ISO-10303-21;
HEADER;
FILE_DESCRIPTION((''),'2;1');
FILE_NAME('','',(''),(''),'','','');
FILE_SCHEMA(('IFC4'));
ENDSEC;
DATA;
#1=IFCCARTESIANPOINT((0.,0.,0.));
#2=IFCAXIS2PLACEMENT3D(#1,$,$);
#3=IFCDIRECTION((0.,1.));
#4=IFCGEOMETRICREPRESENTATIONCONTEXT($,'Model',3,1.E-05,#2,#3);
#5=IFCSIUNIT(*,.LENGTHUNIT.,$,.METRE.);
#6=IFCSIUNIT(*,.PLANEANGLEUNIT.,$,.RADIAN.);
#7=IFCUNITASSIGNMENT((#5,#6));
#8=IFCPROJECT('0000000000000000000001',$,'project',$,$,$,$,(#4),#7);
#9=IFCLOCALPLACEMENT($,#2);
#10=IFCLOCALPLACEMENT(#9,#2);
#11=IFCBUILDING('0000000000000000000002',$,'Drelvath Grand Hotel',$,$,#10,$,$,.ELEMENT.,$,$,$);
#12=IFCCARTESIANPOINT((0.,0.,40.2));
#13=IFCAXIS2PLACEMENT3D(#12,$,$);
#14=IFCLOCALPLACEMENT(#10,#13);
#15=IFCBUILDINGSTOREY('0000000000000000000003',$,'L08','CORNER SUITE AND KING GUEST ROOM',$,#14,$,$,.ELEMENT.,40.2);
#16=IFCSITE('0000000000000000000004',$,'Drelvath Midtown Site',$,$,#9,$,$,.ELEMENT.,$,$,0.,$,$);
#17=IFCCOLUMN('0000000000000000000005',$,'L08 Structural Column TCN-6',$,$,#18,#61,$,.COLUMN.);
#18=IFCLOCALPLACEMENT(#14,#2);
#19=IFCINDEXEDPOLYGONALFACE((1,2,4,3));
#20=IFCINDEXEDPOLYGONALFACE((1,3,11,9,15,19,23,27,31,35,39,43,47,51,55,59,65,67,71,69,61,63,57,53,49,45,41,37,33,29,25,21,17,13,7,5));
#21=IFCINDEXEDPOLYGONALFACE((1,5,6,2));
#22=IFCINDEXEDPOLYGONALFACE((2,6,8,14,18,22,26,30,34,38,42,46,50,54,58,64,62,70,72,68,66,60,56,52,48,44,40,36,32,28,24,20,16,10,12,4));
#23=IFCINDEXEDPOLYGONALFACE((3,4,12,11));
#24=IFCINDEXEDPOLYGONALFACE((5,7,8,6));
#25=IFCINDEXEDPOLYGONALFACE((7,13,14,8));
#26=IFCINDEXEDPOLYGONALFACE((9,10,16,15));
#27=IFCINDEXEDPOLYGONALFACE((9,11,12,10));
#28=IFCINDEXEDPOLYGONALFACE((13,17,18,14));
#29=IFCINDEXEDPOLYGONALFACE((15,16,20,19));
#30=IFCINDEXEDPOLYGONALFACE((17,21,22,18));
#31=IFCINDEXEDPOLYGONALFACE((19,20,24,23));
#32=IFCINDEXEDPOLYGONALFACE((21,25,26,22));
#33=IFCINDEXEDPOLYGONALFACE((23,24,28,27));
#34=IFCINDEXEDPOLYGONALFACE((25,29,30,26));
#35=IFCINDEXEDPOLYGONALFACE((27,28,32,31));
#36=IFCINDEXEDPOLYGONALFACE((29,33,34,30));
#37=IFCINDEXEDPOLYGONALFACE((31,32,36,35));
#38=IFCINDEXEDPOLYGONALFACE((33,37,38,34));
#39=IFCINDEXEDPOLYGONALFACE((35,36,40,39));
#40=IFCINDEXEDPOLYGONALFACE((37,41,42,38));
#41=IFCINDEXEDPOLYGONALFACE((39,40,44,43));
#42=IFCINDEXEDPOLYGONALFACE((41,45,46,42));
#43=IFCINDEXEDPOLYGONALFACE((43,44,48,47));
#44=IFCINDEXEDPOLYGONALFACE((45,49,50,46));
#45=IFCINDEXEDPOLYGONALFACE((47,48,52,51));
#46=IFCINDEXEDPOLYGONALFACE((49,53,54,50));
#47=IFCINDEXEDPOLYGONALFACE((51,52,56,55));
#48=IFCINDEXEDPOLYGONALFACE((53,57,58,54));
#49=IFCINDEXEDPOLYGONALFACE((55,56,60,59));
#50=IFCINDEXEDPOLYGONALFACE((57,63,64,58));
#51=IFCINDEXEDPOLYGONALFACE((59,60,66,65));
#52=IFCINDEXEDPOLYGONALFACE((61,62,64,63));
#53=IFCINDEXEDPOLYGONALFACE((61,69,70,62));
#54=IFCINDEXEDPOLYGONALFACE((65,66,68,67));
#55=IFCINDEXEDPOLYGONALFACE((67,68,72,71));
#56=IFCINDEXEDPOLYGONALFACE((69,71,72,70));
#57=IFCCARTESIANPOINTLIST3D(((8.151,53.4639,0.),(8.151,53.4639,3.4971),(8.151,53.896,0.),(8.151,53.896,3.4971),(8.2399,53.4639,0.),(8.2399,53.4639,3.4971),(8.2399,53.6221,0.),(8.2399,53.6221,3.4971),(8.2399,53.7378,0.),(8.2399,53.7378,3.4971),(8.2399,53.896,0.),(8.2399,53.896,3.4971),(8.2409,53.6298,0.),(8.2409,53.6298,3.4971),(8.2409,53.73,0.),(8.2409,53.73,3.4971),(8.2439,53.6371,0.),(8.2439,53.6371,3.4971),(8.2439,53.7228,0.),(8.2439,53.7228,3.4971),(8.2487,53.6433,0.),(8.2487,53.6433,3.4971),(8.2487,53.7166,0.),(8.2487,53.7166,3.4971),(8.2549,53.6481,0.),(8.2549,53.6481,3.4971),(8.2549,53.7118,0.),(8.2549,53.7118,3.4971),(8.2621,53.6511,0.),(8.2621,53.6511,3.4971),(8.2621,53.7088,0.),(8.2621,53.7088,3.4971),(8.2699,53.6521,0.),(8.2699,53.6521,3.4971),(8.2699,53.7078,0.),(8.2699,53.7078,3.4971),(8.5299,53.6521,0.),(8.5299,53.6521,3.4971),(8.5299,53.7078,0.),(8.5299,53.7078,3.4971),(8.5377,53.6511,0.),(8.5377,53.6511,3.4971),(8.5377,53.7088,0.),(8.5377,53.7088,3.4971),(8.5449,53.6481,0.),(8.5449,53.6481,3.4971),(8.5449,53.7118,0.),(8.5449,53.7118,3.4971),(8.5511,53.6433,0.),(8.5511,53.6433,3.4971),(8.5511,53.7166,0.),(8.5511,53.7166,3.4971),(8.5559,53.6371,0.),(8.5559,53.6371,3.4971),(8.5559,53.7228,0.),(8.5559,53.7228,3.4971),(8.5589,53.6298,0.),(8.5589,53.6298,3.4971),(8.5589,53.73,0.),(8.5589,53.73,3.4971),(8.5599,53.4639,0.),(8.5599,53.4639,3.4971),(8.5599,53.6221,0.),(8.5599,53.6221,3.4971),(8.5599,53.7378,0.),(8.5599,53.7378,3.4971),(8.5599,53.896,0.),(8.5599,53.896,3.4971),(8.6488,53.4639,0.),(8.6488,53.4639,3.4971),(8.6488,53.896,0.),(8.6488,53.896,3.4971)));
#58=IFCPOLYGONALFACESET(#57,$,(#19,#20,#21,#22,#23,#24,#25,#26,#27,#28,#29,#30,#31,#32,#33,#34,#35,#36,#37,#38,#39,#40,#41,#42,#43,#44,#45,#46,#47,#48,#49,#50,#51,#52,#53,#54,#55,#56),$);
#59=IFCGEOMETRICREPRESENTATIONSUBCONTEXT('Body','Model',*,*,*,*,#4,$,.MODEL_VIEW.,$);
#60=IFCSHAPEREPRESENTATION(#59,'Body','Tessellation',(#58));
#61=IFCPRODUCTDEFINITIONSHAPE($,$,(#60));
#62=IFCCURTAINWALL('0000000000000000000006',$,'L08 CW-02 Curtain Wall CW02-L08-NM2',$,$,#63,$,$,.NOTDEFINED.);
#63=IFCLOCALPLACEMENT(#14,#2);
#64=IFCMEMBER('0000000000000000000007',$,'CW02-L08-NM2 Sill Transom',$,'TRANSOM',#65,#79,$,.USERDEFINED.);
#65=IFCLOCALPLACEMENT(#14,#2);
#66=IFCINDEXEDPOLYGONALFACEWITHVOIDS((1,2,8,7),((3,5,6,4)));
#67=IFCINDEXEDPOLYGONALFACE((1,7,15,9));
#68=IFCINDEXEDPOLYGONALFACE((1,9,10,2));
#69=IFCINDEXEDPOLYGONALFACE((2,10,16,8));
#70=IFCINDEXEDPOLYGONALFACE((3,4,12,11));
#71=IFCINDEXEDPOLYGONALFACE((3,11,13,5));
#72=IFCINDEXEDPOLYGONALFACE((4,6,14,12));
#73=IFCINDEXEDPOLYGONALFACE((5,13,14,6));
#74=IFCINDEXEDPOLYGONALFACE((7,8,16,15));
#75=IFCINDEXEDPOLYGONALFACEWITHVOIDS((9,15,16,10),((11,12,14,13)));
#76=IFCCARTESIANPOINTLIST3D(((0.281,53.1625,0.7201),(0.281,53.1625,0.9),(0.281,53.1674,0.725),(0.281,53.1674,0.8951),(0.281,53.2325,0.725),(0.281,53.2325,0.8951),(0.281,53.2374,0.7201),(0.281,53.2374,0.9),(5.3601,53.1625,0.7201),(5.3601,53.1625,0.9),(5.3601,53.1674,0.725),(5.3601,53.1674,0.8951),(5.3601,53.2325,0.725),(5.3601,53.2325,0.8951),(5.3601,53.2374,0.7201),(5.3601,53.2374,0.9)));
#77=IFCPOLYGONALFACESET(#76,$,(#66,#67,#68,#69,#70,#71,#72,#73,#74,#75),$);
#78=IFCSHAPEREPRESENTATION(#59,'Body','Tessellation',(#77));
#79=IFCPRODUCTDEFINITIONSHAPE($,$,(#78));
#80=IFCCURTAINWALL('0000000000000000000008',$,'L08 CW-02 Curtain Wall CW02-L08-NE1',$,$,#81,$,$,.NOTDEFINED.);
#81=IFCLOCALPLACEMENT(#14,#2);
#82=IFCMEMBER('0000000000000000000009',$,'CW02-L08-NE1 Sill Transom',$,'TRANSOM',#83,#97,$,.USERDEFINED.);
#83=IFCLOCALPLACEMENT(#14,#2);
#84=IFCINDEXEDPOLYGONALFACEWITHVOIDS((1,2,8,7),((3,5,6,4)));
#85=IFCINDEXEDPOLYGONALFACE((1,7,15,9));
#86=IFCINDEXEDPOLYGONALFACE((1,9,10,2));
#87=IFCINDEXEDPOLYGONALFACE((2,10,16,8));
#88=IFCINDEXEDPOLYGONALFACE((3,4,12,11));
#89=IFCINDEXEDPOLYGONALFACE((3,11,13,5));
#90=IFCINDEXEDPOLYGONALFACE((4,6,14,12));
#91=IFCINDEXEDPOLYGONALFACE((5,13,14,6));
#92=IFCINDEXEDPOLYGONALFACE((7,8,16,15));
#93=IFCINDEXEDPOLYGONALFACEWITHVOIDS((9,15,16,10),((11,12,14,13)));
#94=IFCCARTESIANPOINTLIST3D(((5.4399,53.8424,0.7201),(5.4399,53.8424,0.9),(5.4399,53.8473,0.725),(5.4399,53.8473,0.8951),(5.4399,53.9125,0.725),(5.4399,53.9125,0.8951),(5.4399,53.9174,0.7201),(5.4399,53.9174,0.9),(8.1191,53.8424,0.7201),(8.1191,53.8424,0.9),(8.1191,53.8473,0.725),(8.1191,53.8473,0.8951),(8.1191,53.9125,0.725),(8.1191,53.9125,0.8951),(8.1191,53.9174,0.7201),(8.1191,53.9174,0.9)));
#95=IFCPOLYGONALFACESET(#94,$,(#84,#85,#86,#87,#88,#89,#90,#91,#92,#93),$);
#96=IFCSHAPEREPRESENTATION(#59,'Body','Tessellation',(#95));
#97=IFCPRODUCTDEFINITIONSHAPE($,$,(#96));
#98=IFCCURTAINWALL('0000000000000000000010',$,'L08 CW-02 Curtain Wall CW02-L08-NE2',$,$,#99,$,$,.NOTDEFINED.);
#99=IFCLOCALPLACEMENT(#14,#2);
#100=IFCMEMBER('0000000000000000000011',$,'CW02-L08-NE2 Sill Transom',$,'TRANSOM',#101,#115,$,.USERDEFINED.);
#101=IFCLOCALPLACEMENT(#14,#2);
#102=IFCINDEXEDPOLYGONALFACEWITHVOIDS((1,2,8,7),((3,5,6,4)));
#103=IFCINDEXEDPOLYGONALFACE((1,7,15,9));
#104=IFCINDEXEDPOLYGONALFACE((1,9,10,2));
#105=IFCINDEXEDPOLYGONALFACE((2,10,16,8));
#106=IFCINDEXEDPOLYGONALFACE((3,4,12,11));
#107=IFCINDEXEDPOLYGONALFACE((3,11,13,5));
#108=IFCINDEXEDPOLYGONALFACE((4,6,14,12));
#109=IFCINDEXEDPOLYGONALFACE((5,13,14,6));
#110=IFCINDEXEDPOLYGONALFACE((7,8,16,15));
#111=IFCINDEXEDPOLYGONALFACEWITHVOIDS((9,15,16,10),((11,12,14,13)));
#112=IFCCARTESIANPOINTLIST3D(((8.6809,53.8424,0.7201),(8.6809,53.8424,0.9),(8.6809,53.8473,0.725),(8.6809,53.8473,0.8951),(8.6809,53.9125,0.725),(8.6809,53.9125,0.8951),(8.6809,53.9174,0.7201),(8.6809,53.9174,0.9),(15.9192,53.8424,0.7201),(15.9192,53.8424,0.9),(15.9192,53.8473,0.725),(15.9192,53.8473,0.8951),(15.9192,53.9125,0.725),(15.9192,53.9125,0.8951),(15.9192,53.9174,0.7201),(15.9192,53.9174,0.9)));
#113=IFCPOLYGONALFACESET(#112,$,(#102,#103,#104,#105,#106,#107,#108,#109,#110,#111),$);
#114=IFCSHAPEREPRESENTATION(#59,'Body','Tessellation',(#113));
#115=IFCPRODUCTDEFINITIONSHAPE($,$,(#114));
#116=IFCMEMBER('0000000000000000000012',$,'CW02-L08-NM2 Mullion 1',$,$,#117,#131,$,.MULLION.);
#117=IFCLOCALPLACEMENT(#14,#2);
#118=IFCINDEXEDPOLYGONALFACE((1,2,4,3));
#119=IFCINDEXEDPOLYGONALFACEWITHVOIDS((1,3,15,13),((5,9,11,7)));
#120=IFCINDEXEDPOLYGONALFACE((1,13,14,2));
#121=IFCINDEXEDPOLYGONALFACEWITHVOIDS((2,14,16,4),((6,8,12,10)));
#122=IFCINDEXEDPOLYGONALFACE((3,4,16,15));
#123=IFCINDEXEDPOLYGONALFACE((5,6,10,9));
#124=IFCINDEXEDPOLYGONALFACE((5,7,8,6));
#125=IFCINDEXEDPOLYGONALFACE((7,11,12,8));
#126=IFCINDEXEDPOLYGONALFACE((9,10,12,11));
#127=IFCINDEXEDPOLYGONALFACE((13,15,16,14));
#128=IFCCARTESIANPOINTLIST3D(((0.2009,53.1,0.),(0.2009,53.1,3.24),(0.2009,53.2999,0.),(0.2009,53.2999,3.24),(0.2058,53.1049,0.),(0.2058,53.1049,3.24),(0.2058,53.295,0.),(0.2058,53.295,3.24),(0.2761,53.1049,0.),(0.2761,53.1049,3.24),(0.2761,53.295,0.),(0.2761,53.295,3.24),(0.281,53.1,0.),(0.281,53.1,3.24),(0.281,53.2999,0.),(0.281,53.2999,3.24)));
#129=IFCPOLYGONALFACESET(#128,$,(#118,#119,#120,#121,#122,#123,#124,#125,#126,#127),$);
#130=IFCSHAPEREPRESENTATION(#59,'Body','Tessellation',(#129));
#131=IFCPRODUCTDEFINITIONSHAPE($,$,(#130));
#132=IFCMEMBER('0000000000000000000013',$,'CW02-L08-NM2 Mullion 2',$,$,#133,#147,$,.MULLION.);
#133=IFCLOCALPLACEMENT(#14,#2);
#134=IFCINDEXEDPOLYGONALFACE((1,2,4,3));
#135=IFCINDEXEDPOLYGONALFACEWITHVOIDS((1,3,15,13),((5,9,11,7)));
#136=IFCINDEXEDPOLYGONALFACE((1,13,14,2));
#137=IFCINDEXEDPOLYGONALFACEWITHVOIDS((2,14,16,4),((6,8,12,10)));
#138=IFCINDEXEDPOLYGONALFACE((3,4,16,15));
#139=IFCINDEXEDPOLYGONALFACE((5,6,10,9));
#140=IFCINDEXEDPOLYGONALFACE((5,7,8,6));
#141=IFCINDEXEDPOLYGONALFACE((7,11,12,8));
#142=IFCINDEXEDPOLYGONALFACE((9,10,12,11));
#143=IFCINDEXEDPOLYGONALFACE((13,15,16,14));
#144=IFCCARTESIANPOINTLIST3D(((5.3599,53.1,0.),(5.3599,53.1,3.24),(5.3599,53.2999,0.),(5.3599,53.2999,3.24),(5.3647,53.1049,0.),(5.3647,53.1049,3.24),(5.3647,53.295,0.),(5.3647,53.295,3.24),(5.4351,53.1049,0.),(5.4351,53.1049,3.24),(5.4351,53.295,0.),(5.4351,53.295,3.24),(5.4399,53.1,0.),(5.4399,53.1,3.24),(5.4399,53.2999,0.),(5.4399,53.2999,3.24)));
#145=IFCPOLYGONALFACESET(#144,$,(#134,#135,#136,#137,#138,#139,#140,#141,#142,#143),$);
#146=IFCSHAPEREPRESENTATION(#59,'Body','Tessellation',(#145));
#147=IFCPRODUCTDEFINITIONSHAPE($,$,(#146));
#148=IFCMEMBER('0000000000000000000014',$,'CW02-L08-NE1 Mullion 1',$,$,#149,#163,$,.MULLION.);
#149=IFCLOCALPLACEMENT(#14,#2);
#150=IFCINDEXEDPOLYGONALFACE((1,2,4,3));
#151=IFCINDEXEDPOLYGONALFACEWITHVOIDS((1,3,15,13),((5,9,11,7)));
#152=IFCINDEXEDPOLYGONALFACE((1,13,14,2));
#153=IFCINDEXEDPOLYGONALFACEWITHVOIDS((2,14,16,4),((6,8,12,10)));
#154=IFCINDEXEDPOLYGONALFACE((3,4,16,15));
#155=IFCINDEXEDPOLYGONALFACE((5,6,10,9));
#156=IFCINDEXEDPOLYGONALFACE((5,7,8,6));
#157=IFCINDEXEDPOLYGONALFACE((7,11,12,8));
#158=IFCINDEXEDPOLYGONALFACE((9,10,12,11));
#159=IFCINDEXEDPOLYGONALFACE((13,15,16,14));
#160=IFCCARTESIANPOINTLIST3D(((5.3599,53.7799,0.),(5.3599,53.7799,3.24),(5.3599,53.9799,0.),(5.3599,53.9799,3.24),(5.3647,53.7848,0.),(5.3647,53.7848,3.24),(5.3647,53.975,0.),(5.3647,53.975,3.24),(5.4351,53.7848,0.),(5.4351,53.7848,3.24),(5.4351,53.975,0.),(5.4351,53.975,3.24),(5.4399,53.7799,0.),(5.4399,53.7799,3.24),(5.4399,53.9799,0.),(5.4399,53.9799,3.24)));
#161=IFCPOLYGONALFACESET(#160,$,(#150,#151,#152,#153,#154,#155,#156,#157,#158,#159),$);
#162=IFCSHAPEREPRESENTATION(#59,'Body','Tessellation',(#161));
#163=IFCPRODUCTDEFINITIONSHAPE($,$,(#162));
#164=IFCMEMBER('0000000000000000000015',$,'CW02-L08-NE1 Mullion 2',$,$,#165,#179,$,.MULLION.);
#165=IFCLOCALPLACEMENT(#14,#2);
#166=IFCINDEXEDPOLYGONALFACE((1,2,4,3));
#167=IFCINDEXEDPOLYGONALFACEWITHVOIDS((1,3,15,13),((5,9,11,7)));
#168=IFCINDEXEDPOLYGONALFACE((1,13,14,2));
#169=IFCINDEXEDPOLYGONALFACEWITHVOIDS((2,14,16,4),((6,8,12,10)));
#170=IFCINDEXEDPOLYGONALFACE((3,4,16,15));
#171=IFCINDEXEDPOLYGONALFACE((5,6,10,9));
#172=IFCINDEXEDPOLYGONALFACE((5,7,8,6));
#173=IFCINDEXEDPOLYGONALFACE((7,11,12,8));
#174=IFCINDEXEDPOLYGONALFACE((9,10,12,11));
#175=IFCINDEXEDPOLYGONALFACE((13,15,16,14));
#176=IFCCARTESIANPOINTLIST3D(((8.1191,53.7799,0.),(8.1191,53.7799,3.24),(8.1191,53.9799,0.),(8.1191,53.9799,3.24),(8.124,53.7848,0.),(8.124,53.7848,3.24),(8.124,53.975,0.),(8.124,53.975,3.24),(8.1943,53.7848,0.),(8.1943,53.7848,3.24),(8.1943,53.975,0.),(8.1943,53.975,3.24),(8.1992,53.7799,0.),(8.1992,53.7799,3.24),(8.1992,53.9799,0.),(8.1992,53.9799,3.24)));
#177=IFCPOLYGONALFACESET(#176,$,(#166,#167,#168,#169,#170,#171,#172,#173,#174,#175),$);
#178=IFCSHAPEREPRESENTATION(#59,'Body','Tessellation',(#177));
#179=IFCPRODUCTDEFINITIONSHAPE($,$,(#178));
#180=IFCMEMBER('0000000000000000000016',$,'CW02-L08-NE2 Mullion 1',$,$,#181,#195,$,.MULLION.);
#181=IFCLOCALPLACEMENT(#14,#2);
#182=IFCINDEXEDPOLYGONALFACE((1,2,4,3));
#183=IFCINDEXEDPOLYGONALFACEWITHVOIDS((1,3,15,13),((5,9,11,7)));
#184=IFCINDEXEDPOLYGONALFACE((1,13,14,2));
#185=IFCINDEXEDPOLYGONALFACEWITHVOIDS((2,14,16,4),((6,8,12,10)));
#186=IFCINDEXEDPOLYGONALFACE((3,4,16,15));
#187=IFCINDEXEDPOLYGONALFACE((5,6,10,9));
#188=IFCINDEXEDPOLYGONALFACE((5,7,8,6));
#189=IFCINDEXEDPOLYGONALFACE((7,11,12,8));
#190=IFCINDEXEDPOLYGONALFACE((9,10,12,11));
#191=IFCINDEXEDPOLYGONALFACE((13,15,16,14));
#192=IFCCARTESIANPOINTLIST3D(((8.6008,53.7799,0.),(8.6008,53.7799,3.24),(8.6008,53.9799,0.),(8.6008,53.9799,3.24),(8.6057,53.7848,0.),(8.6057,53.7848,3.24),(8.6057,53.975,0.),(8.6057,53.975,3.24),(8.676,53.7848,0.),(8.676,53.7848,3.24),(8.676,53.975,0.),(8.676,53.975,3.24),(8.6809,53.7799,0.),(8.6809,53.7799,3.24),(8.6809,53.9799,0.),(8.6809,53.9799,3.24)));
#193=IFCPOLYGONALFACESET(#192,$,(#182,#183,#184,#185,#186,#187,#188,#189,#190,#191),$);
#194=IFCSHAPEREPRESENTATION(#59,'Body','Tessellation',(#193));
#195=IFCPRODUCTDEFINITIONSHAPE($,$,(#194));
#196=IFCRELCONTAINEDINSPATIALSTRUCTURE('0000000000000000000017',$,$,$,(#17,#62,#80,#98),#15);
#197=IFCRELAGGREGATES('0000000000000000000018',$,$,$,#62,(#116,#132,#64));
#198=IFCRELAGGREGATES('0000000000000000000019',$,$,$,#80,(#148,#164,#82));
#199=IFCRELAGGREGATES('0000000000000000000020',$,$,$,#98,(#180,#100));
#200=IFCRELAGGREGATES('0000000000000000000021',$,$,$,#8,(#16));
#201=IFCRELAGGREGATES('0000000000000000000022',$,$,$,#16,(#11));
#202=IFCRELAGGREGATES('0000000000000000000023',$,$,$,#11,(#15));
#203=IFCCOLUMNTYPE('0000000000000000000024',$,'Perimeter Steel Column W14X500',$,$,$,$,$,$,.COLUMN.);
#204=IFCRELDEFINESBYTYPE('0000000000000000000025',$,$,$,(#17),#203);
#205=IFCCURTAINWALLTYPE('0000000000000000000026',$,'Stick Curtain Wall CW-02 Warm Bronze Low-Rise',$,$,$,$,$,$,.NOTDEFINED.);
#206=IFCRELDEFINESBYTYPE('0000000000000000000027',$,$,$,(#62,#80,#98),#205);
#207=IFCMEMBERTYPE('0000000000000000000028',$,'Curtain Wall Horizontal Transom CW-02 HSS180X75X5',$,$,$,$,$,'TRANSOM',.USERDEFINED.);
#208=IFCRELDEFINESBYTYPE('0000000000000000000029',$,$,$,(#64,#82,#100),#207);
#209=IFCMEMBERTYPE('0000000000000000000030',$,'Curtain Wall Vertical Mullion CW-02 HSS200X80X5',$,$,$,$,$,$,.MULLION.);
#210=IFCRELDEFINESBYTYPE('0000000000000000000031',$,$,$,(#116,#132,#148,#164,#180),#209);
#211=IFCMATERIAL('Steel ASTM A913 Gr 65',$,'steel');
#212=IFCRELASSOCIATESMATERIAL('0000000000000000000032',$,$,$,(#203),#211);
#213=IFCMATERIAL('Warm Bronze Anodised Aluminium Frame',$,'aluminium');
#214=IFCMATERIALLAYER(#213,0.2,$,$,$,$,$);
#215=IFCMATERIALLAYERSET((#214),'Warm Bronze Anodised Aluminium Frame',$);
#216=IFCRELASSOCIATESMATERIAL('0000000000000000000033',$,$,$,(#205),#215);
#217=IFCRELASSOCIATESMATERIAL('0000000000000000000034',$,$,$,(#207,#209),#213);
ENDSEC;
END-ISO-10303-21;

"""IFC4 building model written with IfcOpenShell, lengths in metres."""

from ifc_helpers import new_model, si_unit, direction, frame, origin, origin_2d, place, context, subcontext, project, spatial, hollow_rectangle, i_section, extrude, material, layer, layer_set, material_profile, profile_set, type_object, element, aggregate, save


model = new_model("IFC4")

# Units and contexts
model_context = context("Model", 3, precision=1e-05, world=origin(), true_north=direction((0.0, 1.0)))
body_context = subcontext(model_context, "Body", "Model", "MODEL_VIEW")
ifc_project = project(units=[si_unit("LENGTHUNIT", "METRE"), si_unit("PLANEANGLEUNIT", "RADIAN")], contexts=[model_context])

# Site, building, storey
site_placement = place(None, origin())
site = spatial("IfcSite", under=ifc_project, at=site_placement, Name="Drelvath Midtown Site", CompositionType="ELEMENT", RefElevation=0.0)
building_placement = place(site_placement, origin())
building = spatial("IfcBuilding", under=site, at=building_placement, Name="Drelvath Grand Hotel", CompositionType="ELEMENT")
storey_placement = place(building_placement, frame((0.0, 0.0, 40.2)))
storey = spatial("IfcBuildingStorey", under=building, at=storey_placement, Name="L08", Description="CORNER SUITE AND KING GUEST ROOM", CompositionType="ELEMENT", Elevation=40.2)

# Column
ifc_material_1 = material(Name="Steel ASTM A913 Gr 65", Category="steel")
ifc_material_profile_1 = material_profile(ifc_material_1, i_section(OverallWidth=0.4321, OverallDepth=0.4978, WebThickness=0.0557, FlangeThickness=0.0889, FilletRadius=0.03, at=origin_2d()), Name="W14X500")
ifc_profile_set_1 = profile_set([ifc_material_profile_1], Name="Steel ASTM A913 Gr 65")
column_type = type_object("IfcColumnType", Name="Perimeter Steel Column W14X500", PredefinedType="COLUMN", material=ifc_profile_set_1)
column_placement = place(storey_placement, frame((8.3999, 53.6799, 0.0), z_axis=(0.0, 0.0, 1.0), x_axis=(0.0, 1.0, 0.0)))
element("IfcColumn", 1, at=column_placement, inside=storey, type_object=column_type, Name="L08 Structural Column TCN-6", PredefinedType="COLUMN", context=body_context, shape_type="SweptSolid", body=[
    extrude(i_section(OverallWidth=0.4321, OverallDepth=0.4978, WebThickness=0.0557, FlangeThickness=0.0889, FilletRadius=0.03, at=origin_2d()), origin(), (0.0, 0.0, 1.0), 3.4971),
])

# Curtain walls, members
ifc_material_2 = material(Name="Warm Bronze Anodised Aluminium Frame", Category="aluminium")
ifc_layer_1 = layer(ifc_material_2, 0.2)
ifc_layer_set_1 = layer_set([ifc_layer_1], Name="Warm Bronze Anodised Aluminium Frame")
curtain_wall_type = type_object("IfcCurtainWallType", Name="Stick Curtain Wall CW-02 Warm Bronze Low-Rise", PredefinedType="NOTDEFINED", material=ifc_layer_set_1)
curtain_wall_1_placement = place(storey_placement, origin())
curtain_wall_1 = element("IfcCurtainWall", 2, at=curtain_wall_1_placement, inside=storey, type_object=curtain_wall_type, Name="L08 CW-02 Curtain Wall CW02-L08-NM2", PredefinedType="NOTDEFINED")
ifc_material_profile_2 = material_profile(ifc_material_2, hollow_rectangle(XDim=0.075, YDim=0.1799, WallThickness=0.0049, at=origin_2d()), Name="HSS180X75X5")
ifc_profile_set_2 = profile_set([ifc_material_profile_2], Name="Warm Bronze Anodised Aluminium Frame")
member_type_1 = type_object("IfcMemberType", Name="Curtain Wall Horizontal Transom CW-02 HSS180X75X5", ElementType="TRANSOM", PredefinedType="USERDEFINED", material=ifc_profile_set_2)
member_1_placement = place(storey_placement, frame((0.281, 53.2, 0.8101), z_axis=(1.0, 0.0, 0.0), x_axis=(0.0, 1.0, 0.0)))
member_1 = element("IfcMember", 3, at=member_1_placement, type_object=member_type_1, Name="CW02-L08-NM2 Sill Transom", ObjectType="TRANSOM", PredefinedType="USERDEFINED", context=body_context, shape_type="SweptSolid", body=[
    extrude(hollow_rectangle(XDim=0.075, YDim=0.1799, WallThickness=0.0049, at=origin_2d()), origin(), (0.0, 0.0, 1.0), 5.0791),
])
curtain_wall_2_placement = place(storey_placement, origin())
curtain_wall_2 = element("IfcCurtainWall", 4, at=curtain_wall_2_placement, inside=storey, type_object=curtain_wall_type, Name="L08 CW-02 Curtain Wall CW02-L08-NE1", PredefinedType="NOTDEFINED")
member_2_placement = place(storey_placement, frame((5.4399, 53.8799, 0.8101), z_axis=(1.0, 0.0, 0.0), x_axis=(0.0, 1.0, 0.0)))
member_2 = element("IfcMember", 5, at=member_2_placement, type_object=member_type_1, Name="CW02-L08-NE1 Sill Transom", ObjectType="TRANSOM", PredefinedType="USERDEFINED", context=body_context, shape_type="SweptSolid", body=[
    extrude(hollow_rectangle(XDim=0.075, YDim=0.1799, WallThickness=0.0049, at=origin_2d()), origin(), (0.0, 0.0, 1.0), 2.6792),
])
curtain_wall_3_placement = place(storey_placement, origin())
curtain_wall_3 = element("IfcCurtainWall", 6, at=curtain_wall_3_placement, inside=storey, type_object=curtain_wall_type, Name="L08 CW-02 Curtain Wall CW02-L08-NE2", PredefinedType="NOTDEFINED")
member_3_placement = place(storey_placement, frame((8.6809, 53.8799, 0.8101), z_axis=(1.0, 0.0, 0.0), x_axis=(0.0, 1.0, 0.0)))
member_3 = element("IfcMember", 7, at=member_3_placement, type_object=member_type_1, Name="CW02-L08-NE2 Sill Transom", ObjectType="TRANSOM", PredefinedType="USERDEFINED", context=body_context, shape_type="SweptSolid", body=[
    extrude(hollow_rectangle(XDim=0.075, YDim=0.1799, WallThickness=0.0049, at=origin_2d()), origin(), (0.0, 0.0, 1.0), 7.2383),
])

# Members
ifc_material_profile_3 = material_profile(ifc_material_2, hollow_rectangle(XDim=0.0801, YDim=0.2, WallThickness=0.0049, at=origin_2d()), Name="HSS200X80X5")
ifc_profile_set_3 = profile_set([ifc_material_profile_3], Name="Warm Bronze Anodised Aluminium Frame")
member_type_2 = type_object("IfcMemberType", Name="Curtain Wall Vertical Mullion CW-02 HSS200X80X5", PredefinedType="MULLION", material=ifc_profile_set_3)
member_4_placement = place(storey_placement, frame((0.241, 53.2, 0.0), z_axis=(0.0, 0.0, 1.0), x_axis=(1.0, 0.0, 0.0)))
member_4 = element("IfcMember", 8, at=member_4_placement, type_object=member_type_2, Name="CW02-L08-NM2 Mullion 1", PredefinedType="MULLION", context=body_context, shape_type="SweptSolid", body=[
    extrude(hollow_rectangle(XDim=0.0801, YDim=0.2, WallThickness=0.0049, at=origin_2d()), origin(), (0.0, 0.0, 1.0), 3.24),
])
member_5_placement = place(storey_placement, frame((5.3999, 53.2, 0.0), z_axis=(0.0, 0.0, 1.0), x_axis=(1.0, 0.0, 0.0)))
member_5 = element("IfcMember", 9, at=member_5_placement, type_object=member_type_2, Name="CW02-L08-NM2 Mullion 2", PredefinedType="MULLION", context=body_context, shape_type="SweptSolid", body=[
    extrude(hollow_rectangle(XDim=0.0801, YDim=0.2, WallThickness=0.0049, at=origin_2d()), origin(), (0.0, 0.0, 1.0), 3.24),
])
member_6_placement = place(storey_placement, frame((5.3999, 53.8799, 0.0), z_axis=(0.0, 0.0, 1.0), x_axis=(1.0, 0.0, 0.0)))
member_6 = element("IfcMember", 10, at=member_6_placement, type_object=member_type_2, Name="CW02-L08-NE1 Mullion 1", PredefinedType="MULLION", context=body_context, shape_type="SweptSolid", body=[
    extrude(hollow_rectangle(XDim=0.0801, YDim=0.2, WallThickness=0.0049, at=origin_2d()), origin(), (0.0, 0.0, 1.0), 3.24),
])
member_7_placement = place(storey_placement, frame((8.1592, 53.8799, 0.0), z_axis=(0.0, 0.0, 1.0), x_axis=(1.0, 0.0, 0.0)))
member_7 = element("IfcMember", 11, at=member_7_placement, type_object=member_type_2, Name="CW02-L08-NE1 Mullion 2", PredefinedType="MULLION", context=body_context, shape_type="SweptSolid", body=[
    extrude(hollow_rectangle(XDim=0.0801, YDim=0.2, WallThickness=0.0049, at=origin_2d()), origin(), (0.0, 0.0, 1.0), 3.24),
])
member_8_placement = place(storey_placement, frame((8.6409, 53.8799, 0.0), z_axis=(0.0, 0.0, 1.0), x_axis=(1.0, 0.0, 0.0)))
member_8 = element("IfcMember", 12, at=member_8_placement, type_object=member_type_2, Name="CW02-L08-NE2 Mullion 1", PredefinedType="MULLION", context=body_context, shape_type="SweptSolid", body=[
    extrude(hollow_rectangle(XDim=0.0801, YDim=0.2, WallThickness=0.0049, at=origin_2d()), origin(), (0.0, 0.0, 1.0), 3.24),
])

aggregate(curtain_wall_1, [member_4, member_5, member_1])
aggregate(curtain_wall_2, [member_6, member_7, member_2])
aggregate(curtain_wall_3, [member_8, member_3])

save(model, "model.ifc")
